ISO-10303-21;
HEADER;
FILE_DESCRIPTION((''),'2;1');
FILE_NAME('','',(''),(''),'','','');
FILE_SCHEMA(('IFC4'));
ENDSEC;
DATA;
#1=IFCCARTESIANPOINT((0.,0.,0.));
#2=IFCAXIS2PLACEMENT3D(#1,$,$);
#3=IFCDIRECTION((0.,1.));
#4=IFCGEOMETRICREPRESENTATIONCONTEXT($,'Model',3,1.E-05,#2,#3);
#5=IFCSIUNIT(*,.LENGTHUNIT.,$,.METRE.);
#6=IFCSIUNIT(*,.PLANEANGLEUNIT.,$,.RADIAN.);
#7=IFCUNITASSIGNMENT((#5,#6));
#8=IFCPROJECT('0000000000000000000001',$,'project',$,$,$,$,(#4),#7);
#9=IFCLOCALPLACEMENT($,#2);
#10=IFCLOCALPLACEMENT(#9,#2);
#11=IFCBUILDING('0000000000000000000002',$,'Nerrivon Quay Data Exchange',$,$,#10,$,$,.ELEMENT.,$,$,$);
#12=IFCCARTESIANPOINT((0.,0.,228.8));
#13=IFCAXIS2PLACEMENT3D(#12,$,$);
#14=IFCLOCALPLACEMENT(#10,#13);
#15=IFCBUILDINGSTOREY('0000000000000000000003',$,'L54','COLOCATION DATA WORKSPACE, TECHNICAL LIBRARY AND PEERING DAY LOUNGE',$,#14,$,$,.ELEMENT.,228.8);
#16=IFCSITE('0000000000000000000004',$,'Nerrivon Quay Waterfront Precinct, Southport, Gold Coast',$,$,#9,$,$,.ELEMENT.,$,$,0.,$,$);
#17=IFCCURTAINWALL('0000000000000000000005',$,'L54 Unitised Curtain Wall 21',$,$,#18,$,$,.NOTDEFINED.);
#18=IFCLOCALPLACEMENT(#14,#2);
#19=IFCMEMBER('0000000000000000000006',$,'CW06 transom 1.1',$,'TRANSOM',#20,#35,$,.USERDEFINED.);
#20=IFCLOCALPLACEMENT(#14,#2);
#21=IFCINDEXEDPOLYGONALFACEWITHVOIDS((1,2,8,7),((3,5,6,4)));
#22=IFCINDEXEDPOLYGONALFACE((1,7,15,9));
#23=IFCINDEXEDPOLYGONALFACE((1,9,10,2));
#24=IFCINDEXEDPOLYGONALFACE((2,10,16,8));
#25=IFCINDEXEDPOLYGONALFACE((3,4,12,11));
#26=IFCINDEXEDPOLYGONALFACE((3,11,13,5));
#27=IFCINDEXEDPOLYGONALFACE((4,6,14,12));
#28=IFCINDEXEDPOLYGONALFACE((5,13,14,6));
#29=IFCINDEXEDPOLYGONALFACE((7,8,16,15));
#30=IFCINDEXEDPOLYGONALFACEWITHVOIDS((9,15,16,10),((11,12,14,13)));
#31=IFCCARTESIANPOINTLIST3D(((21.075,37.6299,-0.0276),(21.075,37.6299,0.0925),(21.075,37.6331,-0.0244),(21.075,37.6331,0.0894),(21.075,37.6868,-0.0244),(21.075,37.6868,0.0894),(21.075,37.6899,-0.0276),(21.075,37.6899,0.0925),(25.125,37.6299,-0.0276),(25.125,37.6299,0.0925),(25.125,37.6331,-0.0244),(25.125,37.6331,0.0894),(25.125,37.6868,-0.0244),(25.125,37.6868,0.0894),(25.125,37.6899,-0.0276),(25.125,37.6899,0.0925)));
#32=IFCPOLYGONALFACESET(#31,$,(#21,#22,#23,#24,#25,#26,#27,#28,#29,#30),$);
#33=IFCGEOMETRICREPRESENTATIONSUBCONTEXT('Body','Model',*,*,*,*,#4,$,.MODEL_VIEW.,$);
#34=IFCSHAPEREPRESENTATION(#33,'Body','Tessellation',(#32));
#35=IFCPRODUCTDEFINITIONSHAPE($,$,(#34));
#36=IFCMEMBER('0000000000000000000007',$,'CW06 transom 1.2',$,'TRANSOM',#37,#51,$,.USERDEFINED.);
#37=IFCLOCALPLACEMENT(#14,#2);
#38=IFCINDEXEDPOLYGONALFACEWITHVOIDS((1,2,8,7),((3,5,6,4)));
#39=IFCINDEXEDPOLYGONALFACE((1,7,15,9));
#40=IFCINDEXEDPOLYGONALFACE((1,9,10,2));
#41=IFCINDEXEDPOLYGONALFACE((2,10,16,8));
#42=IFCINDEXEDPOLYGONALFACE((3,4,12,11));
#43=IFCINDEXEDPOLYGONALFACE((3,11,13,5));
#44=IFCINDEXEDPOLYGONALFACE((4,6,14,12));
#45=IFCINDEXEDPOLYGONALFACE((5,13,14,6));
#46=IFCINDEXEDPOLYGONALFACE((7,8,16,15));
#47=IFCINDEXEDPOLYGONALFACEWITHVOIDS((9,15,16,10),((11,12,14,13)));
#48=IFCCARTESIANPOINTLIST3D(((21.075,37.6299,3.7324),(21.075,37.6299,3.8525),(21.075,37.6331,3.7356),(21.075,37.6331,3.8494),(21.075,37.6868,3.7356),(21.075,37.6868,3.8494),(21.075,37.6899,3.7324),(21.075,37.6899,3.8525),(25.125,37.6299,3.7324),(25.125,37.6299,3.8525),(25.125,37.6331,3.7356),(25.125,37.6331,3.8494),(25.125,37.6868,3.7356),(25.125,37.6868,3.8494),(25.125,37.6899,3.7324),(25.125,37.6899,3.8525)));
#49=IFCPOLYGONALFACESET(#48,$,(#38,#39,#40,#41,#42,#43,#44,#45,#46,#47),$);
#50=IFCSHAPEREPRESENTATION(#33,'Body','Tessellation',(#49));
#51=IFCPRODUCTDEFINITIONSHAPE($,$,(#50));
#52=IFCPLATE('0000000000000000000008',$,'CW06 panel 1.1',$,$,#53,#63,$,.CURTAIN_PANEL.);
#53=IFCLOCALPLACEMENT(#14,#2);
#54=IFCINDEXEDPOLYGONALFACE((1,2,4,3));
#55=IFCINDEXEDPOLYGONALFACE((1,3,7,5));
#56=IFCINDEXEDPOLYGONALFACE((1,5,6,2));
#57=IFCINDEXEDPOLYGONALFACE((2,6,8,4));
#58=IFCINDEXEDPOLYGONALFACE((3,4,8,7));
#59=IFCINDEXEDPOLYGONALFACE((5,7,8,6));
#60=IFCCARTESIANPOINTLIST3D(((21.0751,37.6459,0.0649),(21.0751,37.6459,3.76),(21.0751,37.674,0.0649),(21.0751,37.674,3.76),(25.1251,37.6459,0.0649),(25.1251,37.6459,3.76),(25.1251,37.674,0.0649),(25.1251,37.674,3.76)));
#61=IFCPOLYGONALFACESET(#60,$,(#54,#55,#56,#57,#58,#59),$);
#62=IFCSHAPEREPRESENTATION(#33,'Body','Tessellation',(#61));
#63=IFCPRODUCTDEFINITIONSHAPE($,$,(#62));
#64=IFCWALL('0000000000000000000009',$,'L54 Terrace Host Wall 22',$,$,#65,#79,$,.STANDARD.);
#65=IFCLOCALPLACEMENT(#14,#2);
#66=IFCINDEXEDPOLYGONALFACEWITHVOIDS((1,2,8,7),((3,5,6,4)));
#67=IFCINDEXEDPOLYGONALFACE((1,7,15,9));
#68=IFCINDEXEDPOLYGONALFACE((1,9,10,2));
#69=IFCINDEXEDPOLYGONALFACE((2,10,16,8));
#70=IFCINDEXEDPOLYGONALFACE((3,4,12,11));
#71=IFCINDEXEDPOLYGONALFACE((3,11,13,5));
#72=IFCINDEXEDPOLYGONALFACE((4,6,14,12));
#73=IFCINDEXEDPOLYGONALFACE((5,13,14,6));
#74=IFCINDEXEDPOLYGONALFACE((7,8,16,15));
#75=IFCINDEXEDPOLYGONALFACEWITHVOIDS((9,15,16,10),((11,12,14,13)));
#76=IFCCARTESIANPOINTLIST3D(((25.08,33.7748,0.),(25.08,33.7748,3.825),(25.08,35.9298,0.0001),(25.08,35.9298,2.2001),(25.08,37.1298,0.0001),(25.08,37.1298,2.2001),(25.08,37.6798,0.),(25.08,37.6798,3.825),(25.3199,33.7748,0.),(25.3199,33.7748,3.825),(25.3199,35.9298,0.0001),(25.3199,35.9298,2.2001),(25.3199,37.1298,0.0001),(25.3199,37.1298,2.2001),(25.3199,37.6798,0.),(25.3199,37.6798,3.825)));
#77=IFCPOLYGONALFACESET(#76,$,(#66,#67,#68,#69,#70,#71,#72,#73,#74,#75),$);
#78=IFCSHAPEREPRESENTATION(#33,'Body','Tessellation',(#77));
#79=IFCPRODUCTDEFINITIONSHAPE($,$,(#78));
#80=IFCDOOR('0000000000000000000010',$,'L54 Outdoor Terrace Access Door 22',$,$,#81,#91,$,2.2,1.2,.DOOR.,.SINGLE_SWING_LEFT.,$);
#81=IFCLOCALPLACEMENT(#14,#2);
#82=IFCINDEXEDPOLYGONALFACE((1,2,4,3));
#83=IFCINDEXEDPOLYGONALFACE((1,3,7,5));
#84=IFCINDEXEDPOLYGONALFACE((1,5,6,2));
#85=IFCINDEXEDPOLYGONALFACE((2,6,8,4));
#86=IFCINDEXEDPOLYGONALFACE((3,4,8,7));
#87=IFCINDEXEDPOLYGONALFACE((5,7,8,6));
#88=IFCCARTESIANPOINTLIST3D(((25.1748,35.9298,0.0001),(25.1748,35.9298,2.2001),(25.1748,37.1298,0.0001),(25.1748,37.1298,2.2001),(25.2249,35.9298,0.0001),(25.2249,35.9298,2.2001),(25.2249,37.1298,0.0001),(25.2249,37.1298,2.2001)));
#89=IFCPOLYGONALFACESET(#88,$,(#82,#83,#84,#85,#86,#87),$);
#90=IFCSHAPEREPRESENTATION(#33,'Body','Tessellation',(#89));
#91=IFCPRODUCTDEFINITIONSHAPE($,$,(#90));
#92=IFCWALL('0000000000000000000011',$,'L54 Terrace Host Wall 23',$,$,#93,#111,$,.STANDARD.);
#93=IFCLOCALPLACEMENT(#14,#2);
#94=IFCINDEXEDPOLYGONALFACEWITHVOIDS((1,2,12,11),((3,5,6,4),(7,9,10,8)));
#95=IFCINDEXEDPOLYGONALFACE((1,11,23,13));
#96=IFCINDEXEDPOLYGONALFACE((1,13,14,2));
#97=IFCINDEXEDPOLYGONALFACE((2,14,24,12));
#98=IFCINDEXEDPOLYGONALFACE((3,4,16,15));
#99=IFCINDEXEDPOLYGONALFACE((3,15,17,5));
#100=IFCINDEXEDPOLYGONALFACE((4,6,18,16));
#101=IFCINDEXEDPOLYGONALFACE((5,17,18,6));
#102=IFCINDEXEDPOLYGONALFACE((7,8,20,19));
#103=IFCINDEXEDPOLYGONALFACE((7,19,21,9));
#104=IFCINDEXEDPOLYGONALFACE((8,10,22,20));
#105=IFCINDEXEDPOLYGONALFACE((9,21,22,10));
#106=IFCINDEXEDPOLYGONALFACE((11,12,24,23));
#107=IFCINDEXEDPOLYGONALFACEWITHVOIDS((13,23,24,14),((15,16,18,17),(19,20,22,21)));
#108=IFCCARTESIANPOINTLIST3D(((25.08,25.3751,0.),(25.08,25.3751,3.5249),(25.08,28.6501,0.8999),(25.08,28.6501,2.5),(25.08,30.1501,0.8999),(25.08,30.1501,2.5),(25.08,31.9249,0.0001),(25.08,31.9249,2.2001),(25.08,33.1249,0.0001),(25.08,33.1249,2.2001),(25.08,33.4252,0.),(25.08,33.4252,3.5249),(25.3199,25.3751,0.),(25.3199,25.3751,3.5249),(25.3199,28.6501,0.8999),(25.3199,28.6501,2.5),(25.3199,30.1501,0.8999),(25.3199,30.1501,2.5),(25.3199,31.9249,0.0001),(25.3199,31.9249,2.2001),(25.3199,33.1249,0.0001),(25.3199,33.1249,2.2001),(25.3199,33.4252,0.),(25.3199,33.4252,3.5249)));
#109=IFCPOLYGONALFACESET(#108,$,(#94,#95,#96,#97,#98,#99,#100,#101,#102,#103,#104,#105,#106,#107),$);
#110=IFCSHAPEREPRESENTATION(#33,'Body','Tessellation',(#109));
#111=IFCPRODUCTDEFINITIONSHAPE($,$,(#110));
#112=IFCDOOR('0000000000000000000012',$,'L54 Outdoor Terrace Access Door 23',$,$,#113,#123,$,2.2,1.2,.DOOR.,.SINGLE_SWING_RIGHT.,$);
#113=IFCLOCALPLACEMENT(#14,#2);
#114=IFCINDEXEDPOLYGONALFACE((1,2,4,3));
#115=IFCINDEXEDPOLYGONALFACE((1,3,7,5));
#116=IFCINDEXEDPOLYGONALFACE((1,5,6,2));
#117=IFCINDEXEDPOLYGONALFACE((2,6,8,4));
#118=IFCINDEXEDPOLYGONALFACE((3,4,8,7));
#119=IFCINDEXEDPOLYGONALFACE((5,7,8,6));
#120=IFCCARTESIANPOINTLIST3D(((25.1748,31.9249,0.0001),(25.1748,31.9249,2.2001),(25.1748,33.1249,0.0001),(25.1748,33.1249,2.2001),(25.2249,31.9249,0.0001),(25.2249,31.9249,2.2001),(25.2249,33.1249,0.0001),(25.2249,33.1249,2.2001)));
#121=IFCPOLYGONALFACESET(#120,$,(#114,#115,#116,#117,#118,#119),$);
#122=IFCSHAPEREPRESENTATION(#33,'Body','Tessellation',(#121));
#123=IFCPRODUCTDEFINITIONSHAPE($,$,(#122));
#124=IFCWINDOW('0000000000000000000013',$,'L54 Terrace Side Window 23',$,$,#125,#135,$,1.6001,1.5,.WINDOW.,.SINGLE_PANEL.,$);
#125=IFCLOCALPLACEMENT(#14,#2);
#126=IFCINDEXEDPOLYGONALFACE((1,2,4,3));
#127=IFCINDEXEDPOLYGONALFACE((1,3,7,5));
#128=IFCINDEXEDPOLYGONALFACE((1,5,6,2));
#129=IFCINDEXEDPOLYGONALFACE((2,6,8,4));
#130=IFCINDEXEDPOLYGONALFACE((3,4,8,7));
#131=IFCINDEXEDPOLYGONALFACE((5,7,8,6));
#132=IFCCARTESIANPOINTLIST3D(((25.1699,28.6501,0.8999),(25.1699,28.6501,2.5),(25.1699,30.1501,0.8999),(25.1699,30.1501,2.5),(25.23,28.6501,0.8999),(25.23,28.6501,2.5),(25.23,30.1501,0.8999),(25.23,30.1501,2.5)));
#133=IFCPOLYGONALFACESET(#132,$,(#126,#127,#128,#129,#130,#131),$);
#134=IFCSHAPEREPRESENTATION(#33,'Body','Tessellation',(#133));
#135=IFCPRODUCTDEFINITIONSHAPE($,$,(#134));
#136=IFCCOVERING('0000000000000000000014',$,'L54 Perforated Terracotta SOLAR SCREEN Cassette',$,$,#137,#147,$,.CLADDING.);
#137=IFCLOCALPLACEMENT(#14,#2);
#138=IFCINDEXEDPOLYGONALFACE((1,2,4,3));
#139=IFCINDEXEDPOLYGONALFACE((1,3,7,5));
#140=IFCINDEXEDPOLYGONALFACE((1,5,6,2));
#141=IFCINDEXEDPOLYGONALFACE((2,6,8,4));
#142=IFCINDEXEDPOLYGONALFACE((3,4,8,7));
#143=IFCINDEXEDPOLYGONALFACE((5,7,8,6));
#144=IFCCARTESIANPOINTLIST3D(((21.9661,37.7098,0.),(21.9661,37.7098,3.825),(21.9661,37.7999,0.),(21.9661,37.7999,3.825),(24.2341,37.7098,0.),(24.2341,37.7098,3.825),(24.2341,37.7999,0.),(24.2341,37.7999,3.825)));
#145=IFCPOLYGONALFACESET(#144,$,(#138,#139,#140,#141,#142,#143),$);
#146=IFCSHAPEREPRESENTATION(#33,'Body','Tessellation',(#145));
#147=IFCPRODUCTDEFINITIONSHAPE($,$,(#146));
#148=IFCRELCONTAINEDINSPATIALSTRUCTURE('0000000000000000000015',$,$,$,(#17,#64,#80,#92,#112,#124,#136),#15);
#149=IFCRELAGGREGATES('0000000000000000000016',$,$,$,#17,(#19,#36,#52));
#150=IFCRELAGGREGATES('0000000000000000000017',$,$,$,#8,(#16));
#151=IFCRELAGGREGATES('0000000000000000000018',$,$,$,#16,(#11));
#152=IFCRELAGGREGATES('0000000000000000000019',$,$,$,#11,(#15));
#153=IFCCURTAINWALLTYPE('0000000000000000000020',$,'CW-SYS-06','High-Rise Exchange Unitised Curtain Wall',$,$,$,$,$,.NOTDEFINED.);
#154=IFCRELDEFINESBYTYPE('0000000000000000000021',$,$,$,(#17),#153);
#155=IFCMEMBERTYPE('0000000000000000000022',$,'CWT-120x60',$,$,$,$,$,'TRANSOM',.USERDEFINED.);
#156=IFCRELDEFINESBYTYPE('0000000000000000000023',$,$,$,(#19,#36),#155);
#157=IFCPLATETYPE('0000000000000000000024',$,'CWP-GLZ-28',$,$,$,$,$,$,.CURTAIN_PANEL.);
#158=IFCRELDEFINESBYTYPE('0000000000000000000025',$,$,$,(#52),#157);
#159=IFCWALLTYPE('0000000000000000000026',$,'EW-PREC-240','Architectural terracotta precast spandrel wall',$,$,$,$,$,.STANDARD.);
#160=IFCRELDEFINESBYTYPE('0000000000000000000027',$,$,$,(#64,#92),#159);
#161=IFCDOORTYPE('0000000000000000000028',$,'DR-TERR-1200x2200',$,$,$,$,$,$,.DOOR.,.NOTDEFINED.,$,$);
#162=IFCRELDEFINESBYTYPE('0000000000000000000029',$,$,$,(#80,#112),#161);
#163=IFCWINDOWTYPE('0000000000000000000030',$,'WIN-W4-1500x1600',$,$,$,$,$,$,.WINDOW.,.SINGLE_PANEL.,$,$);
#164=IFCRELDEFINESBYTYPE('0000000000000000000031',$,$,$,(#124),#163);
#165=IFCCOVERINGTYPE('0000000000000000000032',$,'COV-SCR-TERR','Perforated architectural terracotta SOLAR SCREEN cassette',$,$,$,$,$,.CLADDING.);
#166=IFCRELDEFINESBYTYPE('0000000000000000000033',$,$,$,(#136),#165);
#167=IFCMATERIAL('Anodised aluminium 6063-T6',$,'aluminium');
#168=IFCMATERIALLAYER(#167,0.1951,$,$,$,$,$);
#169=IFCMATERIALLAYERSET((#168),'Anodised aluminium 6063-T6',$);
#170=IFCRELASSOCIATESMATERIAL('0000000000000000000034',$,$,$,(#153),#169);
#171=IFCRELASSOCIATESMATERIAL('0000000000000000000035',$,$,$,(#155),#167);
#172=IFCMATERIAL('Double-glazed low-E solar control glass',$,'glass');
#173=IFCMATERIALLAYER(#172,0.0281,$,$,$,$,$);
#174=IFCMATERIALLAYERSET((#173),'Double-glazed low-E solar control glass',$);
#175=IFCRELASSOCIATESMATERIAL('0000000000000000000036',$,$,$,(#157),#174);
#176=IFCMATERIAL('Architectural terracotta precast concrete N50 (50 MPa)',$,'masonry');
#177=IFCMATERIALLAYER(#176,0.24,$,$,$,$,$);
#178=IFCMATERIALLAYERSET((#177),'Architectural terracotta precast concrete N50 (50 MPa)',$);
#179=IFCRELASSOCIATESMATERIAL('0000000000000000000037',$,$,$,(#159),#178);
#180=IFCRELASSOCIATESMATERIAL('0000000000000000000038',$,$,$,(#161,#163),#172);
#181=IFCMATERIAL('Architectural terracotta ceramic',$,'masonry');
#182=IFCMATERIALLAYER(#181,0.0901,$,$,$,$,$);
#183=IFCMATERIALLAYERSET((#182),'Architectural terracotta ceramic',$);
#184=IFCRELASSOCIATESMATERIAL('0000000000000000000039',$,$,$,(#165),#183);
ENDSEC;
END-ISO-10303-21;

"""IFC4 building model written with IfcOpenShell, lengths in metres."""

from ifc_helpers import new_model, si_unit, direction, frame, frame_2d, origin, origin_2d, place, context, subcontext, project, spatial, rectangle, hollow_rectangle, extrude, material, layer, layer_set, material_profile, profile_set, type_object, element, fill, aggregate, save


model = new_model("IFC4")

# Units and contexts
model_context = context("Model", 3, precision=1e-05, world=origin(), true_north=direction((0.0, 1.0)))
body_context = subcontext(model_context, "Body", "Model", "MODEL_VIEW")
ifc_project = project(units=[si_unit("LENGTHUNIT", "METRE"), si_unit("PLANEANGLEUNIT", "RADIAN")], contexts=[model_context])

# Site, building, storey
site_placement = place(None, origin())
site = spatial("IfcSite", under=ifc_project, at=site_placement, Name="Nerrivon Quay Waterfront Precinct, Southport, Gold Coast", CompositionType="ELEMENT", RefElevation=0.0)
building_placement = place(site_placement, origin())
building = spatial("IfcBuilding", under=site, at=building_placement, Name="Nerrivon Quay Data Exchange", CompositionType="ELEMENT")
storey_placement = place(building_placement, frame((0.0, 0.0, 228.8)))
storey = spatial("IfcBuildingStorey", under=building, at=storey_placement, Name="L54", Description="COLOCATION DATA WORKSPACE, TECHNICAL LIBRARY AND PEERING DAY LOUNGE", CompositionType="ELEMENT", Elevation=228.8)

# Shared definitions
ifc_material_1 = material(Name="Anodised aluminium 6063-T6", Category="aluminium")
ifc_layer_1 = layer(ifc_material_1, 0.1951)
ifc_layer_set_1 = layer_set([ifc_layer_1], Name="Anodised aluminium 6063-T6")
curtain_wall_type = type_object("IfcCurtainWallType", Name="CW-SYS-06", Description="High-Rise Exchange Unitised Curtain Wall", PredefinedType="NOTDEFINED", material=ifc_layer_set_1)

# Curtain wall, members, plate
curtain_wall_1_placement = place(storey_placement, origin())
curtain_wall_1 = element("IfcCurtainWall", 1, at=curtain_wall_1_placement, inside=storey, type_object=curtain_wall_type, Name="L54 Unitised Curtain Wall 21", PredefinedType="NOTDEFINED")
ifc_material_profile_1 = material_profile(ifc_material_1, hollow_rectangle(XDim=0.0601, YDim=0.1201, WallThickness=0.0032, at=origin_2d()), Name="ALU-TRAN-120x60")
ifc_profile_set_1 = profile_set([ifc_material_profile_1], Name="Anodised aluminium 6063-T6")
member_type_1 = type_object("IfcMemberType", Name="CWT-120x60", ElementType="TRANSOM", PredefinedType="USERDEFINED", material=ifc_profile_set_1)
member_1_placement = place(storey_placement, frame((21.075, 37.6599, 0.0325), z_axis=(1.0, 0.0, 0.0), x_axis=(0.0, 1.0, 0.0)))
member_1 = element("IfcMember", 2, at=member_1_placement, type_object=member_type_1, Name="CW06 transom 1.1", ObjectType="TRANSOM", PredefinedType="USERDEFINED", context=body_context, shape_type="SweptSolid", body=[
    extrude(hollow_rectangle(XDim=0.0601, YDim=0.1201, WallThickness=0.0032, at=origin_2d()), origin(), (0.0, 0.0, 1.0), 4.05),
])
member_2_placement = place(storey_placement, frame((21.075, 37.6599, 3.7925), z_axis=(1.0, 0.0, 0.0), x_axis=(0.0, 1.0, 0.0)))
member_2 = element("IfcMember", 3, at=member_2_placement, type_object=member_type_1, Name="CW06 transom 1.2", ObjectType="TRANSOM", PredefinedType="USERDEFINED", context=body_context, shape_type="SweptSolid", body=[
    extrude(hollow_rectangle(XDim=0.0601, YDim=0.1201, WallThickness=0.0032, at=origin_2d()), origin(), (0.0, 0.0, 1.0), 4.05),
])
ifc_material_2 = material(Name="Double-glazed low-E solar control glass", Category="glass")
ifc_layer_2 = layer(ifc_material_2, 0.0281)
ifc_layer_set_2 = layer_set([ifc_layer_2], Name="Double-glazed low-E solar control glass")
plate_type = type_object("IfcPlateType", Name="CWP-GLZ-28", PredefinedType="CURTAIN_PANEL", material=ifc_layer_set_2)
plate_placement = place(storey_placement, frame((23.1001, 37.6599, 0.0649), z_axis=(0.0, 0.0, 1.0), x_axis=(1.0, 0.0, 0.0)))
plate = element("IfcPlate", 4, at=plate_placement, type_object=plate_type, Name="CW06 panel 1.1", PredefinedType="CURTAIN_PANEL", context=body_context, shape_type="SweptSolid", body=[
    extrude(rectangle(XDim=4.05, YDim=0.0281, at=origin_2d()), origin(), (0.0, 0.0, 1.0), 3.6951),
])
aggregate(curtain_wall_1, [member_1, member_2, plate])

# Wall, opening, door
ifc_material_3 = material(Name="Architectural terracotta precast concrete N50 (50 MPa)", Category="masonry")
ifc_layer_3 = layer(ifc_material_3, 0.24)
ifc_layer_set_3 = layer_set([ifc_layer_3], Name="Architectural terracotta precast concrete N50 (50 MPa)")
wall_type = type_object("IfcWallType", Name="EW-PREC-240", Description="Architectural terracotta precast spandrel wall", PredefinedType="STANDARD", material=ifc_layer_set_3)
wall_1_placement = place(storey_placement, frame((25.2, 37.6799, 0.0), z_axis=(0.0, 0.0, 1.0), x_axis=(0.0, -1.0, 0.0)))
wall_1 = element("IfcWall", 5, at=wall_1_placement, inside=storey, type_object=wall_type, Name="L54 Terrace Host Wall 22", PredefinedType="STANDARD", context=body_context, shape_type="SweptSolid", body=[
    extrude(rectangle(XDim=3.905, YDim=0.24, at=frame_2d((1.9526, 0.0))), origin(), (0.0, 0.0, 1.0), 3.825),
])
opening_1_placement = place(wall_1_placement, frame((0.55, 0.0, 0.0)))
opening_1 = element("IfcOpeningElement", 6, at=opening_1_placement, cuts=wall_1, PredefinedType="OPENING", context=body_context, shape_type="SweptSolid", body=[
    extrude(rectangle(XDim=1.2, YDim=2.2, at=frame_2d((0.6001, 1.1001))), frame((0.0, 0.1299, 0.0), z_axis=(0.0, -1.0, 0.0), x_axis=(1.0, 0.0, 0.0)), (0.0, 0.0, 1.0), 0.26),
])
door_type = type_object("IfcDoorType", Name="DR-TERR-1200x2200", OperationType="NOTDEFINED", PredefinedType="DOOR", material=ifc_material_2)
door_1_placement = place(opening_1_placement, origin())
door_1 = element("IfcDoor", 7, at=door_1_placement, inside=storey, type_object=door_type, Name="L54 Outdoor Terrace Access Door 22", OperationType="SINGLE_SWING_LEFT", OverallHeight=2.2, OverallWidth=1.2, PredefinedType="DOOR", context=body_context, shape_type="SweptSolid", body=[
    extrude(rectangle(XDim=1.2, YDim=2.2, at=frame_2d((0.6001, 1.1001))), frame((0.0, 0.0249, 0.0), z_axis=(0.0, -1.0, 0.0), x_axis=(1.0, 0.0, 0.0)), (0.0, 0.0, 1.0), 0.05),
])
fill(opening_1, door_1)

# Wall, openings, door, window
wall_2_placement = place(storey_placement, frame((25.2, 33.425, 0.0), z_axis=(0.0, 0.0, 1.0), x_axis=(0.0, -1.0, 0.0)))
wall_2 = element("IfcWall", 8, at=wall_2_placement, inside=storey, type_object=wall_type, Name="L54 Terrace Host Wall 23", PredefinedType="STANDARD", context=body_context, shape_type="SweptSolid", body=[
    extrude(rectangle(XDim=8.05, YDim=0.24, at=frame_2d((4.0249, 0.0))), origin(), (0.0, 0.0, 1.0), 3.5249),
])
opening_2_placement = place(wall_2_placement, frame((0.3, 0.0, 0.0)))
opening_2 = element("IfcOpeningElement", 9, at=opening_2_placement, cuts=wall_2, PredefinedType="OPENING", context=body_context, shape_type="SweptSolid", body=[
    extrude(rectangle(XDim=1.2, YDim=2.2, at=frame_2d((0.6001, 1.1001))), frame((0.0, 0.1299, 0.0), z_axis=(0.0, -1.0, 0.0), x_axis=(1.0, 0.0, 0.0)), (0.0, 0.0, 1.0), 0.26),
])
opening_3_placement = place(wall_2_placement, frame((3.2749, 0.0, 0.8999)))
opening_3 = element("IfcOpeningElement", 10, at=opening_3_placement, cuts=wall_2, PredefinedType="OPENING", context=body_context, shape_type="SweptSolid", body=[
    extrude(rectangle(XDim=1.5, YDim=1.6001, at=frame_2d((0.75, 0.8))), frame((0.0, 0.1299, 0.0), z_axis=(0.0, -1.0, 0.0), x_axis=(1.0, 0.0, 0.0)), (0.0, 0.0, 1.0), 0.26),
])
door_2_placement = place(opening_2_placement, origin())
door_2 = element("IfcDoor", 11, at=door_2_placement, inside=storey, type_object=door_type, Name="L54 Outdoor Terrace Access Door 23", OperationType="SINGLE_SWING_RIGHT", OverallHeight=2.2, OverallWidth=1.2, PredefinedType="DOOR", context=body_context, shape_type="SweptSolid", body=[
    extrude(rectangle(XDim=1.2, YDim=2.2, at=frame_2d((0.6001, 1.1001))), frame((0.0, 0.0249, 0.0), z_axis=(0.0, -1.0, 0.0), x_axis=(1.0, 0.0, 0.0)), (0.0, 0.0, 1.0), 0.05),
])
fill(opening_2, door_2)
window_type = type_object("IfcWindowType", Name="WIN-W4-1500x1600", PartitioningType="SINGLE_PANEL", PredefinedType="WINDOW", material=ifc_material_2)
window_placement = place(opening_3_placement, origin())
window = element("IfcWindow", 12, at=window_placement, inside=storey, type_object=window_type, Name="L54 Terrace Side Window 23", OverallHeight=1.6001, OverallWidth=1.5, PartitioningType="SINGLE_PANEL", PredefinedType="WINDOW", context=body_context, shape_type="SweptSolid", body=[
    extrude(rectangle(XDim=1.5, YDim=1.6001, at=frame_2d((0.75, 0.8))), frame((0.0, 0.03, 0.0), z_axis=(0.0, -1.0, 0.0), x_axis=(1.0, 0.0, 0.0)), (0.0, 0.0, 1.0), 0.0601),
])
fill(opening_3, window)

# Covering
ifc_material_4 = material(Name="Architectural terracotta ceramic", Category="masonry")
ifc_layer_4 = layer(ifc_material_4, 0.0901)
ifc_layer_set_4 = layer_set([ifc_layer_4], Name="Architectural terracotta ceramic")
covering_type = type_object("IfcCoveringType", Name="COV-SCR-TERR", Description="Perforated architectural terracotta SOLAR SCREEN cassette", PredefinedType="CLADDING", material=ifc_layer_set_4)
covering_placement = place(storey_placement, frame((23.1001, 37.7549, 0.0), z_axis=(0.0, 0.0, 1.0), x_axis=(1.0, 0.0, 0.0)))
element("IfcCovering", 13, at=covering_placement, inside=storey, type_object=covering_type, Name="L54 Perforated Terracotta SOLAR SCREEN Cassette", PredefinedType="CLADDING", context=body_context, shape_type="SweptSolid", body=[
    extrude(rectangle(XDim=2.2681, YDim=0.0901, at=origin_2d()), origin(), (0.0, 0.0, 1.0), 3.825),
])

save(model, "model.ifc")
